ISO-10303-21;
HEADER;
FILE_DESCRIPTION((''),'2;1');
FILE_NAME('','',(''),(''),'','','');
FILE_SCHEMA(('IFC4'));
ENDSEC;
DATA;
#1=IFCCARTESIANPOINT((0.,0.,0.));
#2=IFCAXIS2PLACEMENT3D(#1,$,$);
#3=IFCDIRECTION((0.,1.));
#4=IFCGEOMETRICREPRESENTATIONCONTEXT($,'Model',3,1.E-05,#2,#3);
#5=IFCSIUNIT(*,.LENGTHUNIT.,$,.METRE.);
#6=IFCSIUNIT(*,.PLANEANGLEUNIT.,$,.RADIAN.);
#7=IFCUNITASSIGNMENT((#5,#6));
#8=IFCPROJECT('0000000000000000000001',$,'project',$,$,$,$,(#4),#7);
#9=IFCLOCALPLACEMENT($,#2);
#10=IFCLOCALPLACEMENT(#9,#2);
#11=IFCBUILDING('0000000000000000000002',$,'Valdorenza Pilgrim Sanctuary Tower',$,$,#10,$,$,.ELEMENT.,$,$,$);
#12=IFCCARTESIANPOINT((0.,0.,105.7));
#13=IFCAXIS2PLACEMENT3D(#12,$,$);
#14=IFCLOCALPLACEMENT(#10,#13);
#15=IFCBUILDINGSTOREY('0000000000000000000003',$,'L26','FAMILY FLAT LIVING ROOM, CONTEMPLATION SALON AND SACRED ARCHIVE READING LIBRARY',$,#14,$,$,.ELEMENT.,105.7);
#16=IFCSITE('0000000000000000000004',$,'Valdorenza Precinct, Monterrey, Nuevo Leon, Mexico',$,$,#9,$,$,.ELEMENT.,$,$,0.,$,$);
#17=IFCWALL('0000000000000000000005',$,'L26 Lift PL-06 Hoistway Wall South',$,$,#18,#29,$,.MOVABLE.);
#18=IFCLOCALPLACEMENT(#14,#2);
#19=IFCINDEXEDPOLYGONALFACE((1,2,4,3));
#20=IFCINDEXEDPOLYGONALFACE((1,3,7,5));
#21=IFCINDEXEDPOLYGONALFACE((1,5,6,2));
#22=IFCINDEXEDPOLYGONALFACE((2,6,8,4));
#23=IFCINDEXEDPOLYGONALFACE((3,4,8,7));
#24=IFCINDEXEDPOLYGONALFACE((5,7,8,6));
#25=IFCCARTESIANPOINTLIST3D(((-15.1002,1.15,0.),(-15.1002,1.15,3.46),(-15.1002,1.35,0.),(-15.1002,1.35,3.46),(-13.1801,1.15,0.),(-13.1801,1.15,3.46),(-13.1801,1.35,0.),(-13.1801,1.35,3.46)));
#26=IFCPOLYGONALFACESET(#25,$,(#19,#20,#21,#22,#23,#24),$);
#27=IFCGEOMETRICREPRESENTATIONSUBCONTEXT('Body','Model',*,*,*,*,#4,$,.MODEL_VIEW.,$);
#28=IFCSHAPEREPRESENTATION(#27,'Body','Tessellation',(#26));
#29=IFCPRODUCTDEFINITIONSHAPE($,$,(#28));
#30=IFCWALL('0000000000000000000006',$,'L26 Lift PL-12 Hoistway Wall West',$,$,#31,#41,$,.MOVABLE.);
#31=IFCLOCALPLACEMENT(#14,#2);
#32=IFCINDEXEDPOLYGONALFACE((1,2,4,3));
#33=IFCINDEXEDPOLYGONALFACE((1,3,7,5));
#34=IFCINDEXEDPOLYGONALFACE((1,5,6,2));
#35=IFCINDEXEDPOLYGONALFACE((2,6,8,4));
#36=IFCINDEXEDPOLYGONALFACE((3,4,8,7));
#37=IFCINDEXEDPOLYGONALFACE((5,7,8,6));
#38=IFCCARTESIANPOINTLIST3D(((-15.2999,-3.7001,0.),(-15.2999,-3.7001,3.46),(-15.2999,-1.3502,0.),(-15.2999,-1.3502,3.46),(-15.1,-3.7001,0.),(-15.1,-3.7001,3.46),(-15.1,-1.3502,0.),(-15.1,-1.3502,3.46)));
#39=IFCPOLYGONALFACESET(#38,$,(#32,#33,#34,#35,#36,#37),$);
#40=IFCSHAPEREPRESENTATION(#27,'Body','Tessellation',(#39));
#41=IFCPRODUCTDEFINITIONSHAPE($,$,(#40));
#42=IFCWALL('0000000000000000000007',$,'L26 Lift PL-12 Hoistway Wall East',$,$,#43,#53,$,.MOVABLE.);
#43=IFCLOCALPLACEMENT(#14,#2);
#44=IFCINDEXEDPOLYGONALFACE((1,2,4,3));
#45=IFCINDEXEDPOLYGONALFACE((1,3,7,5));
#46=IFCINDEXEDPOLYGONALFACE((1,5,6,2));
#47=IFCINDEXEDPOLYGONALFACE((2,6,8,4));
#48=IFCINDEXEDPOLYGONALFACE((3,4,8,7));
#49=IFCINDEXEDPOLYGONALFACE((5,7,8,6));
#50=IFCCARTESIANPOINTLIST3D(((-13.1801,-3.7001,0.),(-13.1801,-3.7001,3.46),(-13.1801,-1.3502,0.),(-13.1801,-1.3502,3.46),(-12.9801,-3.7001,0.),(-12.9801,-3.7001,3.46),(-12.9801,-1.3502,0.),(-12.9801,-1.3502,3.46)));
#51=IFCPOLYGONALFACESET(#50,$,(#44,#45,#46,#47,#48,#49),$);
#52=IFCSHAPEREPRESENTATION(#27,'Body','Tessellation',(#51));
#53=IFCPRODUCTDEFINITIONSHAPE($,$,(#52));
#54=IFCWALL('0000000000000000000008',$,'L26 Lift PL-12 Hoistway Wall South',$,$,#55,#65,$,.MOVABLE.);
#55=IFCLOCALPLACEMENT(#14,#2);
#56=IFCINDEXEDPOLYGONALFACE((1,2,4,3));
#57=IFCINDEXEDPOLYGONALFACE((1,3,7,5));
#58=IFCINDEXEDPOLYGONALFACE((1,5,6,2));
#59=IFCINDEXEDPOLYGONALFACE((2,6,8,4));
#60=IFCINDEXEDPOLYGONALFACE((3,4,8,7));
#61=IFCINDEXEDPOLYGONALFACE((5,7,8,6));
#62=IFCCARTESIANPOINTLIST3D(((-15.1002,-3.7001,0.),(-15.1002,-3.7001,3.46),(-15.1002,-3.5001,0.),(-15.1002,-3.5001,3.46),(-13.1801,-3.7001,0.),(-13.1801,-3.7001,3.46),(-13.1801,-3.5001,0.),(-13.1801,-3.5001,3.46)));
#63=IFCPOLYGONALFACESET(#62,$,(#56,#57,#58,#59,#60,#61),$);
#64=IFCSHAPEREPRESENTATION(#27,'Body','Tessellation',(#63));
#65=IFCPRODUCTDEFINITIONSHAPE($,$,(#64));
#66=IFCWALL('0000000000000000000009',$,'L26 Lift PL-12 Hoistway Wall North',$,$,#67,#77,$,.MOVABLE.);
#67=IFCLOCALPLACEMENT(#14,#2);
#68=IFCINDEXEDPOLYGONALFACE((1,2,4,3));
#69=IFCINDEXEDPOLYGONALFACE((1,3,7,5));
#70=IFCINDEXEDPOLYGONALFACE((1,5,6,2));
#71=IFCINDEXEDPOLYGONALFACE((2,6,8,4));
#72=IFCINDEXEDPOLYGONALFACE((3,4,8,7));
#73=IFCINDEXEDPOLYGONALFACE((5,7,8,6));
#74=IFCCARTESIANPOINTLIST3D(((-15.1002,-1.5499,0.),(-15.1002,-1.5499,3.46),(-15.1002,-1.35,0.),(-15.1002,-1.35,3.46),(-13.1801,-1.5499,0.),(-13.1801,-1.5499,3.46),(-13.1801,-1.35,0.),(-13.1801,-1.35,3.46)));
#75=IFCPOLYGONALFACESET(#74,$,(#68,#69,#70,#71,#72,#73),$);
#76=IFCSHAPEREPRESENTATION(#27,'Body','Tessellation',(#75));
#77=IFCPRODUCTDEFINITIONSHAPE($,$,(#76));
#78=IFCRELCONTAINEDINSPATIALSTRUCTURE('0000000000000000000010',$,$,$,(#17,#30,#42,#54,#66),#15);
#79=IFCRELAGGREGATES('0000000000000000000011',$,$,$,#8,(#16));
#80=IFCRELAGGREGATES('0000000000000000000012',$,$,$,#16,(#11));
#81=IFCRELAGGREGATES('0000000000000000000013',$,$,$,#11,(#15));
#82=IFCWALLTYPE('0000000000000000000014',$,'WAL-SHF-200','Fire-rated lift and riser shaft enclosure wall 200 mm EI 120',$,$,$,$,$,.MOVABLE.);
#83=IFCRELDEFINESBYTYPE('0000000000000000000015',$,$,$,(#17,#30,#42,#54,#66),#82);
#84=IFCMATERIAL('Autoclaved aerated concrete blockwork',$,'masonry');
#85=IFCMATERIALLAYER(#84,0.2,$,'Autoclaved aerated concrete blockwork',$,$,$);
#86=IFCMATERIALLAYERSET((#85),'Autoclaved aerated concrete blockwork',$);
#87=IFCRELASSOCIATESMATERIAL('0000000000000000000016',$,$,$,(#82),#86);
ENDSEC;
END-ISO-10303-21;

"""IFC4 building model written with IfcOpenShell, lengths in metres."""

from ifc_helpers import new_model, si_unit, direction, frame, frame_2d, origin, place, context, subcontext, project, spatial, rectangle, extrude, material, layer, layer_set, type_object, element, save


model = new_model("IFC4")

# Units and contexts
model_context = context("Model", 3, precision=1e-05, world=origin(), true_north=direction((0.0, 1.0)))
body_context = subcontext(model_context, "Body", "Model", "MODEL_VIEW")
ifc_project = project(units=[si_unit("LENGTHUNIT", "METRE"), si_unit("PLANEANGLEUNIT", "RADIAN")], contexts=[model_context])

# Site, building, storey
site_placement = place(None, origin())
site = spatial("IfcSite", under=ifc_project, at=site_placement, Name="Valdorenza Precinct, Monterrey, Nuevo Leon, Mexico", CompositionType="ELEMENT", RefElevation=0.0)
building_placement = place(site_placement, origin())
building = spatial("IfcBuilding", under=site, at=building_placement, Name="Valdorenza Pilgrim Sanctuary Tower", CompositionType="ELEMENT")
storey_placement = place(building_placement, frame((0.0, 0.0, 105.7)))
storey = spatial("IfcBuildingStorey", under=building, at=storey_placement, Name="L26", Description="FAMILY FLAT LIVING ROOM, CONTEMPLATION SALON AND SACRED ARCHIVE READING LIBRARY", CompositionType="ELEMENT", Elevation=105.7)

# Shared definitions
ifc_material_1 = material(Name="Autoclaved aerated concrete blockwork", Category="masonry")
ifc_layer_1 = layer(ifc_material_1, 0.2, Name="Autoclaved aerated concrete blockwork")
ifc_layer_set_1 = layer_set([ifc_layer_1], Name="Autoclaved aerated concrete blockwork")
wall_type_1 = type_object("IfcWallType", Name="WAL-SHF-200", Description="Fire-rated lift and riser shaft enclosure wall 200 mm EI 120", PredefinedType="MOVABLE", material=ifc_layer_set_1)

# Walls
wall_1_placement = place(storey_placement, frame((-15.1001, 1.25, 0.0), z_axis=(0.0, 0.0, 1.0), x_axis=(1.0, 0.0, 0.0)))
element("IfcWall", 1, at=wall_1_placement, inside=storey, type_object=wall_type_1, Name="L26 Lift PL-06 Hoistway Wall South", PredefinedType="MOVABLE", context=body_context, shape_type="SweptSolid", body=[
    extrude(rectangle(XDim=1.9202, YDim=0.2, at=frame_2d((0.96, 0.0))), origin(), (0.0, 0.0, 1.0), 3.46),
])
for number, where, z_axis, x_axis, name in (
    (2, (-15.2, -3.7, 0.0), (0.0, 0.0, 1.0), (0.0, 1.0, 0.0), "L26 Lift PL-12 Hoistway Wall West"),
    (3, (-13.0801, -3.7, 0.0), (0.0, 0.0, 1.0), (0.0, 1.0, 0.0), "L26 Lift PL-12 Hoistway Wall East"),
):
    element("IfcWall", number, at=place(storey_placement, frame(where, z_axis=z_axis, x_axis=x_axis)), inside=storey, type_object=wall_type_1, Name=name, PredefinedType="MOVABLE", context=body_context, shape_type="SweptSolid", body=[
        extrude(rectangle(XDim=2.3499, YDim=0.2, at=frame_2d((1.1748, 0.0))), origin(), (0.0, 0.0, 1.0), 3.46),
    ])
for number, where, z_axis, x_axis, name in (
    (4, (-15.1001, -3.6001, 0.0), (0.0, 0.0, 1.0), (1.0, 0.0, 0.0), "L26 Lift PL-12 Hoistway Wall South"),
    (5, (-15.1001, -1.45, 0.0), (0.0, 0.0, 1.0), (1.0, 0.0, 0.0), "L26 Lift PL-12 Hoistway Wall North"),
):
    element("IfcWall", number, at=place(storey_placement, frame(where, z_axis=z_axis, x_axis=x_axis)), inside=storey, type_object=wall_type_1, Name=name, PredefinedType="MOVABLE", context=body_context, shape_type="SweptSolid", body=[
        extrude(rectangle(XDim=1.9202, YDim=0.2, at=frame_2d((0.96, 0.0))), origin(), (0.0, 0.0, 1.0), 3.46),
    ])

save(model, "model.ifc")
